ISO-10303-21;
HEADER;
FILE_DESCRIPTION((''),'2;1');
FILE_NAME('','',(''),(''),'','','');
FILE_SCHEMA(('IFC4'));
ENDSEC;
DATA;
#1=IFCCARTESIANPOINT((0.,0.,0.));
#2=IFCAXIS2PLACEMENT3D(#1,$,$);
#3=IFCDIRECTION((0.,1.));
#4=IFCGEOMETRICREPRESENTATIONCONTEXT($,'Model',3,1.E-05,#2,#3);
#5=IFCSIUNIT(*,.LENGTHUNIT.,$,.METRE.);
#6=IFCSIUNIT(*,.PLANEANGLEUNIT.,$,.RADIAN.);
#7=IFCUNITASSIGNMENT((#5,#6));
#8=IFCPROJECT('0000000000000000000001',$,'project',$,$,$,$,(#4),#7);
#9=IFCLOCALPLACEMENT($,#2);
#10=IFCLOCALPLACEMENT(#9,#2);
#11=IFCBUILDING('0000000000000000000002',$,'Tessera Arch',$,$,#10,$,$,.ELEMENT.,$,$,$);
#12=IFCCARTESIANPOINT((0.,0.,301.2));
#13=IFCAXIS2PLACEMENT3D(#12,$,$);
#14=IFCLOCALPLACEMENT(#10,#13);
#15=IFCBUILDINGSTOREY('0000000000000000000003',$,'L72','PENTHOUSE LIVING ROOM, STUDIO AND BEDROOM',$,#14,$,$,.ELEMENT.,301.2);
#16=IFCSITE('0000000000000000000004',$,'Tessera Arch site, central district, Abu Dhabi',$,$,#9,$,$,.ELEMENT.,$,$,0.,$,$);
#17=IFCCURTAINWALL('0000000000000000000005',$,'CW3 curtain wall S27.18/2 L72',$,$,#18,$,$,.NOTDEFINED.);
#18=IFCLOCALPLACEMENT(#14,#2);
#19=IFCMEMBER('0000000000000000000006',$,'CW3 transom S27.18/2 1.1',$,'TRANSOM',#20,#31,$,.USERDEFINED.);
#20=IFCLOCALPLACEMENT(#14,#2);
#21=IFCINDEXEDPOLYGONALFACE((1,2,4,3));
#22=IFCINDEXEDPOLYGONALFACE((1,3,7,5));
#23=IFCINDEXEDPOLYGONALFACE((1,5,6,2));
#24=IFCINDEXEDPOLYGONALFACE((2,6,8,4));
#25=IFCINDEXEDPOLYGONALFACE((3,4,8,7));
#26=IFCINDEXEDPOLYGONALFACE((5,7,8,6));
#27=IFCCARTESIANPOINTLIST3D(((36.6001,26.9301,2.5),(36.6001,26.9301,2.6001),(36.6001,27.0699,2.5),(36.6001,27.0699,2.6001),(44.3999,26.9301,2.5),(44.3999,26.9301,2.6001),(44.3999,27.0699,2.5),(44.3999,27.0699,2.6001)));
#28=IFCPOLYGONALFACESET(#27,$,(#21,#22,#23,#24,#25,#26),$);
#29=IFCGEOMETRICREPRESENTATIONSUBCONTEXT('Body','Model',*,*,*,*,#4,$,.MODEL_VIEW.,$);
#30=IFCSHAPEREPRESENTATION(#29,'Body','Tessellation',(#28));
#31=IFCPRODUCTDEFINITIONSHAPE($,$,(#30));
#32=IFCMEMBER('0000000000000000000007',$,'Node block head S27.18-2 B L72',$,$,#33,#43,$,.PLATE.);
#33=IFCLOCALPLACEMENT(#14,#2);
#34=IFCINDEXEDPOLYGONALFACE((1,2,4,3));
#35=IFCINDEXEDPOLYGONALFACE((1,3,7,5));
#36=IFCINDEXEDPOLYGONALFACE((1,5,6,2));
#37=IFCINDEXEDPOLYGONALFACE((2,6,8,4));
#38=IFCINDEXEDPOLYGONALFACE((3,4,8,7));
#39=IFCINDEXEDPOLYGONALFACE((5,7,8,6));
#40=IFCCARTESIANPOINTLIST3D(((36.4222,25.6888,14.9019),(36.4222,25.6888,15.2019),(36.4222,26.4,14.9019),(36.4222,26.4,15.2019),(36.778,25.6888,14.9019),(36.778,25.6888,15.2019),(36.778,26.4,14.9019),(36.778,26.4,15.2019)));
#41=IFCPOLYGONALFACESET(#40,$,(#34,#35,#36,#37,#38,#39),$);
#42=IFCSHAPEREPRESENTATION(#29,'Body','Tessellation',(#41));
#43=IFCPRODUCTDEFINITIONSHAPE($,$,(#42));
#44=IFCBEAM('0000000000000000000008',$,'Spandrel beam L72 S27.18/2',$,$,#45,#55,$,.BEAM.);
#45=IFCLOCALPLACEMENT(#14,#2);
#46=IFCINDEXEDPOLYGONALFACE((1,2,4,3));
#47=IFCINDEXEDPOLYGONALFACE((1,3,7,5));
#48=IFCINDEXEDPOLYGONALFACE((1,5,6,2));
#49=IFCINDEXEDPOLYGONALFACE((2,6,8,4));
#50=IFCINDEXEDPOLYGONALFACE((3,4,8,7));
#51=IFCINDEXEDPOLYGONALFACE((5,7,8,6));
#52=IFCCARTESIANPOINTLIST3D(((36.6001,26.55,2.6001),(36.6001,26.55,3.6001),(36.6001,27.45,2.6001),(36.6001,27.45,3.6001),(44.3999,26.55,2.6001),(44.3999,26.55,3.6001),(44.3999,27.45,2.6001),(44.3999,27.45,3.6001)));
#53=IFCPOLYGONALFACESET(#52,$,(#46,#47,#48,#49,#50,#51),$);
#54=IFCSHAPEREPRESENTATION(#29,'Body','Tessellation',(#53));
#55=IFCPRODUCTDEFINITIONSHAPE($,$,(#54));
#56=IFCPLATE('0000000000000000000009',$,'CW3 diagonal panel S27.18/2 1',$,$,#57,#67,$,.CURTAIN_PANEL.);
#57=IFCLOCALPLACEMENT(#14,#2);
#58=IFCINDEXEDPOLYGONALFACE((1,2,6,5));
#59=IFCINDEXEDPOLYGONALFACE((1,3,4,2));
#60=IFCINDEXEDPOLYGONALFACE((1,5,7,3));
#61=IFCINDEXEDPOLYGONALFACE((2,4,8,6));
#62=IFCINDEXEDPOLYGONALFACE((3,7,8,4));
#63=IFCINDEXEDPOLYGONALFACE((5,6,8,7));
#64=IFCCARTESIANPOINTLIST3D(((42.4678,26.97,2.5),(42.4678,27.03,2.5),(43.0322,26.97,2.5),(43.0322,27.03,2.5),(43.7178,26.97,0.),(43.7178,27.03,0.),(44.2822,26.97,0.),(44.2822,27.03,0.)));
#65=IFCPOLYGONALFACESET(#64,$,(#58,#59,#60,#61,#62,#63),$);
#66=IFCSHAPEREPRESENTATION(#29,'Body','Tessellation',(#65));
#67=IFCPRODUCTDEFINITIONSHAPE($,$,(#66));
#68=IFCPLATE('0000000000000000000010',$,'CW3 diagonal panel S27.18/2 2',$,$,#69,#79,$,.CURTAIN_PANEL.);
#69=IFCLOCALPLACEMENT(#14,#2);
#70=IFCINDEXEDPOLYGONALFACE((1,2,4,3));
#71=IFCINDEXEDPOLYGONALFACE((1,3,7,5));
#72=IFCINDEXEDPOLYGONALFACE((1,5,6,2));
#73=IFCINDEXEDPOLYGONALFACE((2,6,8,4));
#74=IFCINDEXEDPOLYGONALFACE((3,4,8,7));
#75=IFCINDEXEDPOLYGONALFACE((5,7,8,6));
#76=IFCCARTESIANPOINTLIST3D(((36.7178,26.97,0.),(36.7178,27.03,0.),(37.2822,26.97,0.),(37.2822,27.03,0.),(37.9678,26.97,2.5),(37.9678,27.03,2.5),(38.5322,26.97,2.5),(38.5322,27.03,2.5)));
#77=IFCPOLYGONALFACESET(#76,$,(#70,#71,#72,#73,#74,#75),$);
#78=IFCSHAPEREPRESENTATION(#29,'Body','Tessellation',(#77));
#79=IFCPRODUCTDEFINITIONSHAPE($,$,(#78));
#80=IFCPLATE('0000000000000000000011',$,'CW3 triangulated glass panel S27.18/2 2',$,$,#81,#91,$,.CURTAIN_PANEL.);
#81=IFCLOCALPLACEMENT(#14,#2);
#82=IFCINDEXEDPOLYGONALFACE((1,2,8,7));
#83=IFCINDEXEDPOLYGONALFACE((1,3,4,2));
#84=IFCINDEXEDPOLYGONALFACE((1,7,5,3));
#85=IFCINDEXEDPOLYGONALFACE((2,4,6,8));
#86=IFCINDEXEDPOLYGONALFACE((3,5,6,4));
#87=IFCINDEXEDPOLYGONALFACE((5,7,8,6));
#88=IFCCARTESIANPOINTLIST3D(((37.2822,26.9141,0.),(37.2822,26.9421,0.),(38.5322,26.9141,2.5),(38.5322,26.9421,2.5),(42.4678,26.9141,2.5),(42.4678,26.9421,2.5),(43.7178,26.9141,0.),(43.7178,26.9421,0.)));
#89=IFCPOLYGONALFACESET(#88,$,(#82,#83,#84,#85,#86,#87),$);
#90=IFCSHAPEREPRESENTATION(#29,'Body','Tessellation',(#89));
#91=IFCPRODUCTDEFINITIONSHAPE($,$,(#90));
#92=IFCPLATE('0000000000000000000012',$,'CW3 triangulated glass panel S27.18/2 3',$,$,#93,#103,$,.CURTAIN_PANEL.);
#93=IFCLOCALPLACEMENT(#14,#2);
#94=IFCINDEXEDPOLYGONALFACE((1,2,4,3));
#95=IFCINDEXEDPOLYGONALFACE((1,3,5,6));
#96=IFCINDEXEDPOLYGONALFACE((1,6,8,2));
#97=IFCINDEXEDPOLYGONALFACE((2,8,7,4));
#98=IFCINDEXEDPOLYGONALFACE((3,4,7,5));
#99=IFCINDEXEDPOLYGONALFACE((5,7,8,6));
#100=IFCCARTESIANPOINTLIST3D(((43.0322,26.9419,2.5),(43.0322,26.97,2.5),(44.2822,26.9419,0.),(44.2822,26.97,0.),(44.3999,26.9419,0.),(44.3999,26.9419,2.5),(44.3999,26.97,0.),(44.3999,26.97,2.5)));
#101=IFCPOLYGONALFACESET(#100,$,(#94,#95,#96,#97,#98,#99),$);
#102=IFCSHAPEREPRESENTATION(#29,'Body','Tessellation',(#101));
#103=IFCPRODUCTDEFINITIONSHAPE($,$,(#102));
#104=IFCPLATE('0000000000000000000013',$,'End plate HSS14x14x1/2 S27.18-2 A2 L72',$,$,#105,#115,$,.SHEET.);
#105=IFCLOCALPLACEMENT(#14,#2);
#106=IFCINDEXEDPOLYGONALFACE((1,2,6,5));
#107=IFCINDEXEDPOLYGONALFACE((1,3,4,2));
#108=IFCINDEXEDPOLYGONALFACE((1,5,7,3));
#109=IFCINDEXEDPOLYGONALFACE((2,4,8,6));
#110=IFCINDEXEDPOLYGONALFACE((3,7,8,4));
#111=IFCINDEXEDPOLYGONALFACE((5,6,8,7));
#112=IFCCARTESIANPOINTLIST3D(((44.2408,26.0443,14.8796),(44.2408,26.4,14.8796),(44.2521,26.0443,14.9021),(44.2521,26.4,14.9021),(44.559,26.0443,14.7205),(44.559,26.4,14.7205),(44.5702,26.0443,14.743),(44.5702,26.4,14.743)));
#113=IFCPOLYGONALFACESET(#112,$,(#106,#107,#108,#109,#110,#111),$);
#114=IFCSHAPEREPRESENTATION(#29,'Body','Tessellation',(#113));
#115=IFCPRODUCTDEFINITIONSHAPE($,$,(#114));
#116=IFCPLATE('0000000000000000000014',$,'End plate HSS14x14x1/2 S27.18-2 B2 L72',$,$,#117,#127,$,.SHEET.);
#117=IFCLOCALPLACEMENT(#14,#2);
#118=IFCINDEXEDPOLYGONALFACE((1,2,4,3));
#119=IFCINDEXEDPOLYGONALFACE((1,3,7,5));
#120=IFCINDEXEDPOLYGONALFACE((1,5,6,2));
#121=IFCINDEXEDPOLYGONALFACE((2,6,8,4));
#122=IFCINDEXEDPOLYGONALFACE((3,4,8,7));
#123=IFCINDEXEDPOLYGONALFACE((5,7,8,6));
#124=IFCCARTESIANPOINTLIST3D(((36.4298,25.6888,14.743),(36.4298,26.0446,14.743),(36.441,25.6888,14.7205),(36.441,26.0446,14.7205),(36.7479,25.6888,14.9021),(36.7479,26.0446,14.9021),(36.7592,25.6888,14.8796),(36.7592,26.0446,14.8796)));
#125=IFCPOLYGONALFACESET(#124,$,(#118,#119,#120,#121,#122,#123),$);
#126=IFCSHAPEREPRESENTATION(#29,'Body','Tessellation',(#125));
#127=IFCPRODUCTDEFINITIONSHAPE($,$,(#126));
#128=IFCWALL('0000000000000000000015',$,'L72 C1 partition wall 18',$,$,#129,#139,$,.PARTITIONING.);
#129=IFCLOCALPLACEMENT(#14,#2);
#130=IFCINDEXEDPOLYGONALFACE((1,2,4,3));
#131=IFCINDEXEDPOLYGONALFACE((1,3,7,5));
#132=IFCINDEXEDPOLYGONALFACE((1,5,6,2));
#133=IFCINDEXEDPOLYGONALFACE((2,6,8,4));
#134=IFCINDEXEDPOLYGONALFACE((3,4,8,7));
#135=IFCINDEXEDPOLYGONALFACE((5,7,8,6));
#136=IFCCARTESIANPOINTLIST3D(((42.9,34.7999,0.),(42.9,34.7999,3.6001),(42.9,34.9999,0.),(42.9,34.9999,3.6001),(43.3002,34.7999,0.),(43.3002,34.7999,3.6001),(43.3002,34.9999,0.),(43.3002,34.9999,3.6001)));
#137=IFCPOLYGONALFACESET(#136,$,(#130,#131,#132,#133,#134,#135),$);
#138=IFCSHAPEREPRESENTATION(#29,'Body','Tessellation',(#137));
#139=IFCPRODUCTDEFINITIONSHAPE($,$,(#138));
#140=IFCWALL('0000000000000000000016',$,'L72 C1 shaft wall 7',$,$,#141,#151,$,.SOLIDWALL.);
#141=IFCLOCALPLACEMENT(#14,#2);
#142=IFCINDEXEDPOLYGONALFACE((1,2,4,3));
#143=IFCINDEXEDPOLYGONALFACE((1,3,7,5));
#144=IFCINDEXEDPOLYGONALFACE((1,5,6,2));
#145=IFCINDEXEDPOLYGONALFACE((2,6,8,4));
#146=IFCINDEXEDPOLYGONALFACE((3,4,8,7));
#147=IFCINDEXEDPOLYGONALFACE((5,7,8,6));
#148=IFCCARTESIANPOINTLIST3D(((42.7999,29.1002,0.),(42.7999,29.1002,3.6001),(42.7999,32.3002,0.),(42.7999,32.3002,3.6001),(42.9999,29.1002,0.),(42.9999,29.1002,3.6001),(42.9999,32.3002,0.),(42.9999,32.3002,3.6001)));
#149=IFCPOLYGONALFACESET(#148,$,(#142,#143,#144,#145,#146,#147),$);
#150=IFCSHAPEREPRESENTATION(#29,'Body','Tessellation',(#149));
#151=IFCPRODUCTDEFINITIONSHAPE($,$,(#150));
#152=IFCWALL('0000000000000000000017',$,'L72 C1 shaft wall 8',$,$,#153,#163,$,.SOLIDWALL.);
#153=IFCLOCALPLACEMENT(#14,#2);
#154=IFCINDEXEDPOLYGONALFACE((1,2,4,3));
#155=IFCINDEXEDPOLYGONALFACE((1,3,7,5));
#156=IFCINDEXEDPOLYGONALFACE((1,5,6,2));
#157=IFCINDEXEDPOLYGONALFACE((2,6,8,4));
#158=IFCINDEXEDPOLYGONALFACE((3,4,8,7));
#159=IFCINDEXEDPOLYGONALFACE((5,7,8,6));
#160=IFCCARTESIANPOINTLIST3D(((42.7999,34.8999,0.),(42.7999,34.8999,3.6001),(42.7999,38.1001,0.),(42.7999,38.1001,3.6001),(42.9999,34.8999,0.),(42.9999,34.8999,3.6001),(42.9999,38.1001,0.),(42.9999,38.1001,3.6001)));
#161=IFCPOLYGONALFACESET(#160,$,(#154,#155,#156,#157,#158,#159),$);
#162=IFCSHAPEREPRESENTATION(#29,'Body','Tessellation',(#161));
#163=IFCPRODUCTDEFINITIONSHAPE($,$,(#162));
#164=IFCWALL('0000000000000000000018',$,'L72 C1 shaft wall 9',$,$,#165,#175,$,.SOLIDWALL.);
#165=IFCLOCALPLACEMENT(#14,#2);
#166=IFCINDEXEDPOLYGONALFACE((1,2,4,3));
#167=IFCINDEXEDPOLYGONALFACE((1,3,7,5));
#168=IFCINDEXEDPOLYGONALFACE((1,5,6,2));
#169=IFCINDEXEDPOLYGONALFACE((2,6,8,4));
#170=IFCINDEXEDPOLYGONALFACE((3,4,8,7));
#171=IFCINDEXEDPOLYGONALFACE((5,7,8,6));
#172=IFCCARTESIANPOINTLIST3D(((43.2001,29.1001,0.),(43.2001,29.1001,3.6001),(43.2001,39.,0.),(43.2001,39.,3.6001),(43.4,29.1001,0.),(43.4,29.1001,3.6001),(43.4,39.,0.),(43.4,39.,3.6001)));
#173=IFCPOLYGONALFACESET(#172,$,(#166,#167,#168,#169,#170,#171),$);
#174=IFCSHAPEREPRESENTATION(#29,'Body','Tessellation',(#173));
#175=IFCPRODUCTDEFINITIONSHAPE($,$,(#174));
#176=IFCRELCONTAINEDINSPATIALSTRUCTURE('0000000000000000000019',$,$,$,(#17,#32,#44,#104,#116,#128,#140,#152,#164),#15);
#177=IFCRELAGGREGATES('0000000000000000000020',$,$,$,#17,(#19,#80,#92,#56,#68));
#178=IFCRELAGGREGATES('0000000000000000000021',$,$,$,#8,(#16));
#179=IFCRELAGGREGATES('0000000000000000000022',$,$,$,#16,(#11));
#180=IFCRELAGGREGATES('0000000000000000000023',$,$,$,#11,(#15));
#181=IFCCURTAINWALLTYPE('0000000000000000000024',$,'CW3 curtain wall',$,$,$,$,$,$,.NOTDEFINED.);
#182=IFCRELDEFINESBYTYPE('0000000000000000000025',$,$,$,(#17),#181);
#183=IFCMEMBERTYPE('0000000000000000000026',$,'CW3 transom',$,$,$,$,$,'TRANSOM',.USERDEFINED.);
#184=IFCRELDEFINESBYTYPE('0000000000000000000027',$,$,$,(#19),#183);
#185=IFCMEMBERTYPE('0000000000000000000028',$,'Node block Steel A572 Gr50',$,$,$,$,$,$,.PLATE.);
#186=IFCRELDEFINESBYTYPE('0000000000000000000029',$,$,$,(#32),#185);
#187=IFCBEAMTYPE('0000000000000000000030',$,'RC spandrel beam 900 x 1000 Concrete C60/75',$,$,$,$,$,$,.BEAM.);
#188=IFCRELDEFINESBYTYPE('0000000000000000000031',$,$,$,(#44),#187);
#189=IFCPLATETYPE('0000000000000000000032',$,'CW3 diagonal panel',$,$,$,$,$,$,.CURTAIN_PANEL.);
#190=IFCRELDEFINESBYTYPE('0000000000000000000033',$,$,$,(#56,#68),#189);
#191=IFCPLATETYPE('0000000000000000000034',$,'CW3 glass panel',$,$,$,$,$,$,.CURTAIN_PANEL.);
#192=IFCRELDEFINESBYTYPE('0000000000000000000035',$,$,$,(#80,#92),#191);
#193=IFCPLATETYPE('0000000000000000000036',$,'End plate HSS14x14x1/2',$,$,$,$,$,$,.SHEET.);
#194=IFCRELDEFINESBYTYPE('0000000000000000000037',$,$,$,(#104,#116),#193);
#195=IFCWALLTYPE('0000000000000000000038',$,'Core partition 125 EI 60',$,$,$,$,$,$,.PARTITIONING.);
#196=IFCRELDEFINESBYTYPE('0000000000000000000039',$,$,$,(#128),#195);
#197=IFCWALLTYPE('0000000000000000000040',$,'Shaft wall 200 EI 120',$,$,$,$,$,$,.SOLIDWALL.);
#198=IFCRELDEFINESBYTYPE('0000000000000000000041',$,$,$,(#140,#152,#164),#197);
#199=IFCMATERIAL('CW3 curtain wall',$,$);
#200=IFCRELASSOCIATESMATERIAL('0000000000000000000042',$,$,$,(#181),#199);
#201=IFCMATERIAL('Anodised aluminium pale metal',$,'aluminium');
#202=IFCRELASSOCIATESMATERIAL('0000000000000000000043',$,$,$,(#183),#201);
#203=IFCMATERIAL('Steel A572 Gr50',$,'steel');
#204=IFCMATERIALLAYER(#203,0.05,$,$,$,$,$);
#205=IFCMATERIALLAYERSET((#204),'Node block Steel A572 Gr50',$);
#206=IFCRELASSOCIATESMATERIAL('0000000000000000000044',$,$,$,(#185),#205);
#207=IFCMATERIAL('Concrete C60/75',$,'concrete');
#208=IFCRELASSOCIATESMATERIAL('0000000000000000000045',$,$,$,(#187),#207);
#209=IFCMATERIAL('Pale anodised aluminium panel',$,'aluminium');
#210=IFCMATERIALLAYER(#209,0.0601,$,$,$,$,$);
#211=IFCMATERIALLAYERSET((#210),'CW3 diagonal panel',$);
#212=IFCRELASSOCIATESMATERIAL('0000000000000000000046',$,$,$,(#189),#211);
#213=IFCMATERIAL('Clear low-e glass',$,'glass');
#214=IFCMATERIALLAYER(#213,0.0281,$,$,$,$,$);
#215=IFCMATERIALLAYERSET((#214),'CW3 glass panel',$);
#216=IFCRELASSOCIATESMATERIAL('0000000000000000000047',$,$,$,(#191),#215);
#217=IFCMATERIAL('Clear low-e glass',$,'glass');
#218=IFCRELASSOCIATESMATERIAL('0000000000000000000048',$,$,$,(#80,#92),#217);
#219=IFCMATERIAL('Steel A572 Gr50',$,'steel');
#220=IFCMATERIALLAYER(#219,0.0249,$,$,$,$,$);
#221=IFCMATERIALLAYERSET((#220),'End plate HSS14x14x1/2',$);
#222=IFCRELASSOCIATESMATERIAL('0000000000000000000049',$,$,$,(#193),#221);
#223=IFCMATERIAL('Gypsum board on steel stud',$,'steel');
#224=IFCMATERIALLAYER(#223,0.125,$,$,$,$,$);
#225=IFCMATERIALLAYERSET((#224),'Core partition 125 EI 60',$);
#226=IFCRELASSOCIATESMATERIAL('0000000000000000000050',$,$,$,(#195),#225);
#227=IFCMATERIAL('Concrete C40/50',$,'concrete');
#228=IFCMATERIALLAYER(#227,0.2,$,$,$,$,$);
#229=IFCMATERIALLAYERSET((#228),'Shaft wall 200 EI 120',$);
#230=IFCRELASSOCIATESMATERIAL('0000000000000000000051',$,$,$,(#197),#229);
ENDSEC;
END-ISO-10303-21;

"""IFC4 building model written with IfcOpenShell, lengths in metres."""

from ifc_helpers import new_model, si_unit, direction, frame, frame_2d, origin, origin_2d, place, context, subcontext, project, spatial, polyline, rectangle, outline, extrude, material, layer, layer_set, material_profile, profile_set, type_object, element, aggregate, save


model = new_model("IFC4")

# Units and contexts
model_context = context("Model", 3, precision=1e-05, world=origin(), true_north=direction((0.0, 1.0)))
body_context = subcontext(model_context, "Body", "Model", "MODEL_VIEW")
ifc_project = project(units=[si_unit("LENGTHUNIT", "METRE"), si_unit("PLANEANGLEUNIT", "RADIAN")], contexts=[model_context])

# Site, building, storey
site_placement = place(None, origin())
site = spatial("IfcSite", under=ifc_project, at=site_placement, Name="Tessera Arch site, central district, Abu Dhabi", CompositionType="ELEMENT", RefElevation=0.0)
building_placement = place(site_placement, origin())
building = spatial("IfcBuilding", under=site, at=building_placement, Name="Tessera Arch", CompositionType="ELEMENT")
storey_placement = place(building_placement, frame((0.0, 0.0, 301.2)))
storey = spatial("IfcBuildingStorey", under=building, at=storey_placement, Name="L72", Description="PENTHOUSE LIVING ROOM, STUDIO AND BEDROOM", CompositionType="ELEMENT", Elevation=301.2)

# Curtain wall, member
ifc_material_1 = material(Name="CW3 curtain wall")
curtain_wall_type = type_object("IfcCurtainWallType", Name="CW3 curtain wall", PredefinedType="NOTDEFINED", material=ifc_material_1)
curtain_wall_placement = place(storey_placement, origin())
curtain_wall = element("IfcCurtainWall", 1, at=curtain_wall_placement, inside=storey, type_object=curtain_wall_type, Name="CW3 curtain wall S27.18/2 L72", PredefinedType="NOTDEFINED")
ifc_material_2 = material(Name="Anodised aluminium pale metal", Category="aluminium")
ifc_material_profile_1 = material_profile(ifc_material_2, rectangle(XDim=0.1399, YDim=0.1001, at=origin_2d()), Name="AL 140x100")
ifc_profile_set_1 = profile_set([ifc_material_profile_1], Name="Anodised aluminium pale metal")
member_type_1 = type_object("IfcMemberType", Name="CW3 transom", ElementType="TRANSOM", PredefinedType="USERDEFINED", material=ifc_profile_set_1)
member_1_placement = place(storey_placement, frame((36.6001, 27.0, 2.55), z_axis=(1.0, 0.0, 0.0), x_axis=(0.0, 1.0, 0.0)))
member_1 = element("IfcMember", 2, at=member_1_placement, type_object=member_type_1, Name="CW3 transom S27.18/2 1.1", ObjectType="TRANSOM", PredefinedType="USERDEFINED", context=body_context, shape_type="SweptSolid", body=[
    extrude(rectangle(XDim=0.1399, YDim=0.1001, at=origin_2d()), origin(), (0.0, 0.0, 1.0), 7.7998),
])

# Member
ifc_material_3 = material(Name="Steel A572 Gr50", Category="steel")
ifc_layer_1 = layer(ifc_material_3, 0.05)
ifc_layer_set_1 = layer_set([ifc_layer_1], Name="Node block Steel A572 Gr50")
member_type_2 = type_object("IfcMemberType", Name="Node block Steel A572 Gr50", PredefinedType="PLATE", material=ifc_layer_set_1)
member_2_placement = place(storey_placement, frame((36.6001, 26.0444, 14.9019), z_axis=(0.0, 0.0, 1.0), x_axis=(1.0, 0.0, 0.0)))
element("IfcMember", 3, at=member_2_placement, inside=storey, type_object=member_type_2, Name="Node block head S27.18-2 B L72", PredefinedType="PLATE", context=body_context, shape_type="SweptSolid", body=[
    extrude(rectangle(XDim=0.3557, YDim=0.7112, at=origin_2d()), origin(), (0.0, 0.0, 1.0), 0.3),
])

# Beam
ifc_material_4 = material(Name="Concrete C60/75", Category="concrete")
ifc_material_profile_2 = material_profile(ifc_material_4, rectangle(XDim=0.8999, YDim=1.0, at=origin_2d()), Name="RC spandrel beam 900 x 1000 Concrete C60/75")
ifc_profile_set_2 = profile_set([ifc_material_profile_2], Name="Concrete C60/75")
beam_type = type_object("IfcBeamType", Name="RC spandrel beam 900 x 1000 Concrete C60/75", PredefinedType="BEAM", material=ifc_profile_set_2)
beam_placement = place(storey_placement, frame((36.6001, 27.0, 3.1001), z_axis=(1.0, 0.0, 0.0), x_axis=(0.0, 1.0, 0.0)))
element("IfcBeam", 4, at=beam_placement, inside=storey, type_object=beam_type, Name="Spandrel beam L72 S27.18/2", PredefinedType="BEAM", context=body_context, shape_type="SweptSolid", body=[
    extrude(rectangle(XDim=0.8999, YDim=1.0, at=origin_2d()), origin(), (0.0, 0.0, 1.0), 7.7998),
])

# Plates
ifc_material_5 = material(Name="Pale anodised aluminium panel", Category="aluminium")
ifc_layer_2 = layer(ifc_material_5, 0.0601)
ifc_layer_set_2 = layer_set([ifc_layer_2], Name="CW3 diagonal panel")
plate_type_1 = type_object("IfcPlateType", Name="CW3 diagonal panel", PredefinedType="CURTAIN_PANEL", material=ifc_layer_set_2)
plate_1_placement = place(storey_placement, frame((43.0322, 26.97, 2.5), z_axis=(0.0, -1.0, 0.0), x_axis=(-1.0, 0.0, 0.0)))
plate_1 = element("IfcPlate", 5, at=plate_1_placement, type_object=plate_type_1, Name="CW3 diagonal panel S27.18/2 1", PredefinedType="CURTAIN_PANEL", context=body_context, shape_type="SweptSolid", body=[
    extrude(outline(polyline([(0.0, 0.0), (0.5645, 0.0), (-0.6855, 2.5), (-1.25, 2.5), (0.0, 0.0)])), origin(), (0.0, 0.0, -1.0), 0.0601),
])
plate_2_placement = place(storey_placement, frame((38.5322, 26.97, 2.5), z_axis=(0.0, -1.0, 0.0), x_axis=(-1.0, 0.0, 0.0)))
plate_2 = element("IfcPlate", 6, at=plate_2_placement, type_object=plate_type_1, Name="CW3 diagonal panel S27.18/2 2", PredefinedType="CURTAIN_PANEL", context=body_context, shape_type="SweptSolid", body=[
    extrude(outline(polyline([(0.0, 0.0), (0.5645, 0.0), (1.8145, 2.5), (1.25, 2.5), (0.0, 0.0)])), origin(), (0.0, 0.0, -1.0), 0.0601),
])
ifc_material_6 = material(Name="Clear low-e glass", Category="glass")
ifc_material_7 = material(Name="Clear low-e glass", Category="glass")
ifc_layer_3 = layer(ifc_material_7, 0.0281)
ifc_layer_set_3 = layer_set([ifc_layer_3], Name="CW3 glass panel")
plate_type_2 = type_object("IfcPlateType", Name="CW3 glass panel", PredefinedType="CURTAIN_PANEL", material=ifc_layer_set_3)
plate_3_placement = place(storey_placement, frame((42.4678, 26.9141, 2.5), z_axis=(0.0, -1.0, 0.0), x_axis=(-1.0, 0.0, 0.0)))
plate_3 = element("IfcPlate", 7, at=plate_3_placement, type_object=plate_type_2, material=ifc_material_6, Name="CW3 triangulated glass panel S27.18/2 2", PredefinedType="CURTAIN_PANEL", context=body_context, shape_type="SweptSolid", body=[
    extrude(outline(polyline([(0.0, 0.0), (3.9355, 0.0), (5.1855, 2.5), (-1.25, 2.5), (0.0, 0.0)])), origin(), (0.0, 0.0, -1.0), 0.0281),
])
plate_4_placement = place(storey_placement, frame((44.3999, 26.9419, 2.5), z_axis=(0.0, -1.0, 0.0), x_axis=(-1.0, 0.0, 0.0)))
plate_4 = element("IfcPlate", 8, at=plate_4_placement, type_object=plate_type_2, material=ifc_material_6, Name="CW3 triangulated glass panel S27.18/2 3", PredefinedType="CURTAIN_PANEL", context=body_context, shape_type="SweptSolid", body=[
    extrude(outline(polyline([(0.0, 0.0), (1.3677, 0.0), (0.1177, 2.5), (0.0, 2.5), (0.0, 0.0)])), origin(), (0.0, 0.0, -1.0), 0.0281),
])
aggregate(curtain_wall, [member_1, plate_3, plate_4, plate_1, plate_2])

# Plates
ifc_material_8 = material(Name="Steel A572 Gr50", Category="steel")
ifc_layer_4 = layer(ifc_material_8, 0.0249)
ifc_layer_set_4 = layer_set([ifc_layer_4], Name="End plate HSS14x14x1/2")
plate_type_3 = type_object("IfcPlateType", Name="End plate HSS14x14x1/2", PredefinedType="SHEET", material=ifc_layer_set_4)
for number, where, z_axis, x_axis, name in (
    (9, (44.3999, 26.2222, 14.8), (0.447214, 0.0, 0.894427), (0.0, 1.0, 0.0), "End plate HSS14x14x1/2 S27.18-2 A2 L72"),
    (10, (36.6001, 25.8667, 14.8), (-0.447214, 0.0, 0.894427), (0.0, -1.0, 0.0), "End plate HSS14x14x1/2 S27.18-2 B2 L72"),
):
    element("IfcPlate", number, at=place(storey_placement, frame(where, z_axis=z_axis, x_axis=x_axis)), inside=storey, type_object=plate_type_3, Name=name, PredefinedType="SHEET", context=body_context, shape_type="SweptSolid", body=[
        extrude(rectangle(XDim=0.3557, YDim=0.3557, at=origin_2d()), origin(), (0.0, 0.0, 1.0), 0.0251),
    ])

# Walls
ifc_material_9 = material(Name="Gypsum board on steel stud", Category="steel")
ifc_layer_5 = layer(ifc_material_9, 0.125)
ifc_layer_set_5 = layer_set([ifc_layer_5], Name="Core partition 125 EI 60")
wall_type_1 = type_object("IfcWallType", Name="Core partition 125 EI 60", PredefinedType="PARTITIONING", material=ifc_layer_set_5)
wall_1_placement = place(storey_placement, frame((42.8999, 34.8999, 0.0), z_axis=(0.0, 0.0, 1.0), x_axis=(1.0, 0.0, 0.0)))
element("IfcWall", 11, at=wall_1_placement, inside=storey, type_object=wall_type_1, Name="L72 C1 partition wall 18", PredefinedType="PARTITIONING", context=body_context, shape_type="SweptSolid", body=[
    extrude(rectangle(XDim=0.4001, YDim=0.2, at=frame_2d((0.2002, 0.0))), origin(), (0.0, 0.0, 1.0), 3.6001),
])
ifc_material_10 = material(Name="Concrete C40/50", Category="concrete")
ifc_layer_6 = layer(ifc_material_10, 0.2)
ifc_layer_set_6 = layer_set([ifc_layer_6], Name="Shaft wall 200 EI 120")
wall_type_2 = type_object("IfcWallType", Name="Shaft wall 200 EI 120", PredefinedType="SOLIDWALL", material=ifc_layer_set_6)
wall_2_placement = place(storey_placement, frame((42.8999, 29.1001, 0.0), z_axis=(0.0, 0.0, 1.0), x_axis=(0.0, 1.0, 0.0)))
element("IfcWall", 12, at=wall_2_placement, inside=storey, type_object=wall_type_2, Name="L72 C1 shaft wall 7", PredefinedType="SOLIDWALL", context=body_context, shape_type="SweptSolid", body=[
    extrude(rectangle(XDim=3.2, YDim=0.2, at=frame_2d((1.6001, 0.0))), origin(), (0.0, 0.0, 1.0), 3.6001),
])
wall_3_placement = place(storey_placement, frame((42.8999, 34.8999, 0.0), z_axis=(0.0, 0.0, 1.0), x_axis=(0.0, 1.0, 0.0)))
element("IfcWall", 13, at=wall_3_placement, inside=storey, type_object=wall_type_2, Name="L72 C1 shaft wall 8", PredefinedType="SOLIDWALL", context=body_context, shape_type="SweptSolid", body=[
    extrude(rectangle(XDim=3.2002, YDim=0.2, at=frame_2d((1.6001, 0.0))), origin(), (0.0, 0.0, 1.0), 3.6001),
])
wall_4_placement = place(storey_placement, frame((43.3, 29.1001, 0.0), z_axis=(0.0, 0.0, 1.0), x_axis=(0.0, 1.0, 0.0)))
element("IfcWall", 14, at=wall_4_placement, inside=storey, type_object=wall_type_2, Name="L72 C1 shaft wall 9", PredefinedType="SOLIDWALL", context=body_context, shape_type="SweptSolid", body=[
    extrude(rectangle(XDim=9.8999, YDim=0.2, at=frame_2d((4.95, 0.0))), origin(), (0.0, 0.0, 1.0), 3.6001),
])

save(model, "model.ifc")
